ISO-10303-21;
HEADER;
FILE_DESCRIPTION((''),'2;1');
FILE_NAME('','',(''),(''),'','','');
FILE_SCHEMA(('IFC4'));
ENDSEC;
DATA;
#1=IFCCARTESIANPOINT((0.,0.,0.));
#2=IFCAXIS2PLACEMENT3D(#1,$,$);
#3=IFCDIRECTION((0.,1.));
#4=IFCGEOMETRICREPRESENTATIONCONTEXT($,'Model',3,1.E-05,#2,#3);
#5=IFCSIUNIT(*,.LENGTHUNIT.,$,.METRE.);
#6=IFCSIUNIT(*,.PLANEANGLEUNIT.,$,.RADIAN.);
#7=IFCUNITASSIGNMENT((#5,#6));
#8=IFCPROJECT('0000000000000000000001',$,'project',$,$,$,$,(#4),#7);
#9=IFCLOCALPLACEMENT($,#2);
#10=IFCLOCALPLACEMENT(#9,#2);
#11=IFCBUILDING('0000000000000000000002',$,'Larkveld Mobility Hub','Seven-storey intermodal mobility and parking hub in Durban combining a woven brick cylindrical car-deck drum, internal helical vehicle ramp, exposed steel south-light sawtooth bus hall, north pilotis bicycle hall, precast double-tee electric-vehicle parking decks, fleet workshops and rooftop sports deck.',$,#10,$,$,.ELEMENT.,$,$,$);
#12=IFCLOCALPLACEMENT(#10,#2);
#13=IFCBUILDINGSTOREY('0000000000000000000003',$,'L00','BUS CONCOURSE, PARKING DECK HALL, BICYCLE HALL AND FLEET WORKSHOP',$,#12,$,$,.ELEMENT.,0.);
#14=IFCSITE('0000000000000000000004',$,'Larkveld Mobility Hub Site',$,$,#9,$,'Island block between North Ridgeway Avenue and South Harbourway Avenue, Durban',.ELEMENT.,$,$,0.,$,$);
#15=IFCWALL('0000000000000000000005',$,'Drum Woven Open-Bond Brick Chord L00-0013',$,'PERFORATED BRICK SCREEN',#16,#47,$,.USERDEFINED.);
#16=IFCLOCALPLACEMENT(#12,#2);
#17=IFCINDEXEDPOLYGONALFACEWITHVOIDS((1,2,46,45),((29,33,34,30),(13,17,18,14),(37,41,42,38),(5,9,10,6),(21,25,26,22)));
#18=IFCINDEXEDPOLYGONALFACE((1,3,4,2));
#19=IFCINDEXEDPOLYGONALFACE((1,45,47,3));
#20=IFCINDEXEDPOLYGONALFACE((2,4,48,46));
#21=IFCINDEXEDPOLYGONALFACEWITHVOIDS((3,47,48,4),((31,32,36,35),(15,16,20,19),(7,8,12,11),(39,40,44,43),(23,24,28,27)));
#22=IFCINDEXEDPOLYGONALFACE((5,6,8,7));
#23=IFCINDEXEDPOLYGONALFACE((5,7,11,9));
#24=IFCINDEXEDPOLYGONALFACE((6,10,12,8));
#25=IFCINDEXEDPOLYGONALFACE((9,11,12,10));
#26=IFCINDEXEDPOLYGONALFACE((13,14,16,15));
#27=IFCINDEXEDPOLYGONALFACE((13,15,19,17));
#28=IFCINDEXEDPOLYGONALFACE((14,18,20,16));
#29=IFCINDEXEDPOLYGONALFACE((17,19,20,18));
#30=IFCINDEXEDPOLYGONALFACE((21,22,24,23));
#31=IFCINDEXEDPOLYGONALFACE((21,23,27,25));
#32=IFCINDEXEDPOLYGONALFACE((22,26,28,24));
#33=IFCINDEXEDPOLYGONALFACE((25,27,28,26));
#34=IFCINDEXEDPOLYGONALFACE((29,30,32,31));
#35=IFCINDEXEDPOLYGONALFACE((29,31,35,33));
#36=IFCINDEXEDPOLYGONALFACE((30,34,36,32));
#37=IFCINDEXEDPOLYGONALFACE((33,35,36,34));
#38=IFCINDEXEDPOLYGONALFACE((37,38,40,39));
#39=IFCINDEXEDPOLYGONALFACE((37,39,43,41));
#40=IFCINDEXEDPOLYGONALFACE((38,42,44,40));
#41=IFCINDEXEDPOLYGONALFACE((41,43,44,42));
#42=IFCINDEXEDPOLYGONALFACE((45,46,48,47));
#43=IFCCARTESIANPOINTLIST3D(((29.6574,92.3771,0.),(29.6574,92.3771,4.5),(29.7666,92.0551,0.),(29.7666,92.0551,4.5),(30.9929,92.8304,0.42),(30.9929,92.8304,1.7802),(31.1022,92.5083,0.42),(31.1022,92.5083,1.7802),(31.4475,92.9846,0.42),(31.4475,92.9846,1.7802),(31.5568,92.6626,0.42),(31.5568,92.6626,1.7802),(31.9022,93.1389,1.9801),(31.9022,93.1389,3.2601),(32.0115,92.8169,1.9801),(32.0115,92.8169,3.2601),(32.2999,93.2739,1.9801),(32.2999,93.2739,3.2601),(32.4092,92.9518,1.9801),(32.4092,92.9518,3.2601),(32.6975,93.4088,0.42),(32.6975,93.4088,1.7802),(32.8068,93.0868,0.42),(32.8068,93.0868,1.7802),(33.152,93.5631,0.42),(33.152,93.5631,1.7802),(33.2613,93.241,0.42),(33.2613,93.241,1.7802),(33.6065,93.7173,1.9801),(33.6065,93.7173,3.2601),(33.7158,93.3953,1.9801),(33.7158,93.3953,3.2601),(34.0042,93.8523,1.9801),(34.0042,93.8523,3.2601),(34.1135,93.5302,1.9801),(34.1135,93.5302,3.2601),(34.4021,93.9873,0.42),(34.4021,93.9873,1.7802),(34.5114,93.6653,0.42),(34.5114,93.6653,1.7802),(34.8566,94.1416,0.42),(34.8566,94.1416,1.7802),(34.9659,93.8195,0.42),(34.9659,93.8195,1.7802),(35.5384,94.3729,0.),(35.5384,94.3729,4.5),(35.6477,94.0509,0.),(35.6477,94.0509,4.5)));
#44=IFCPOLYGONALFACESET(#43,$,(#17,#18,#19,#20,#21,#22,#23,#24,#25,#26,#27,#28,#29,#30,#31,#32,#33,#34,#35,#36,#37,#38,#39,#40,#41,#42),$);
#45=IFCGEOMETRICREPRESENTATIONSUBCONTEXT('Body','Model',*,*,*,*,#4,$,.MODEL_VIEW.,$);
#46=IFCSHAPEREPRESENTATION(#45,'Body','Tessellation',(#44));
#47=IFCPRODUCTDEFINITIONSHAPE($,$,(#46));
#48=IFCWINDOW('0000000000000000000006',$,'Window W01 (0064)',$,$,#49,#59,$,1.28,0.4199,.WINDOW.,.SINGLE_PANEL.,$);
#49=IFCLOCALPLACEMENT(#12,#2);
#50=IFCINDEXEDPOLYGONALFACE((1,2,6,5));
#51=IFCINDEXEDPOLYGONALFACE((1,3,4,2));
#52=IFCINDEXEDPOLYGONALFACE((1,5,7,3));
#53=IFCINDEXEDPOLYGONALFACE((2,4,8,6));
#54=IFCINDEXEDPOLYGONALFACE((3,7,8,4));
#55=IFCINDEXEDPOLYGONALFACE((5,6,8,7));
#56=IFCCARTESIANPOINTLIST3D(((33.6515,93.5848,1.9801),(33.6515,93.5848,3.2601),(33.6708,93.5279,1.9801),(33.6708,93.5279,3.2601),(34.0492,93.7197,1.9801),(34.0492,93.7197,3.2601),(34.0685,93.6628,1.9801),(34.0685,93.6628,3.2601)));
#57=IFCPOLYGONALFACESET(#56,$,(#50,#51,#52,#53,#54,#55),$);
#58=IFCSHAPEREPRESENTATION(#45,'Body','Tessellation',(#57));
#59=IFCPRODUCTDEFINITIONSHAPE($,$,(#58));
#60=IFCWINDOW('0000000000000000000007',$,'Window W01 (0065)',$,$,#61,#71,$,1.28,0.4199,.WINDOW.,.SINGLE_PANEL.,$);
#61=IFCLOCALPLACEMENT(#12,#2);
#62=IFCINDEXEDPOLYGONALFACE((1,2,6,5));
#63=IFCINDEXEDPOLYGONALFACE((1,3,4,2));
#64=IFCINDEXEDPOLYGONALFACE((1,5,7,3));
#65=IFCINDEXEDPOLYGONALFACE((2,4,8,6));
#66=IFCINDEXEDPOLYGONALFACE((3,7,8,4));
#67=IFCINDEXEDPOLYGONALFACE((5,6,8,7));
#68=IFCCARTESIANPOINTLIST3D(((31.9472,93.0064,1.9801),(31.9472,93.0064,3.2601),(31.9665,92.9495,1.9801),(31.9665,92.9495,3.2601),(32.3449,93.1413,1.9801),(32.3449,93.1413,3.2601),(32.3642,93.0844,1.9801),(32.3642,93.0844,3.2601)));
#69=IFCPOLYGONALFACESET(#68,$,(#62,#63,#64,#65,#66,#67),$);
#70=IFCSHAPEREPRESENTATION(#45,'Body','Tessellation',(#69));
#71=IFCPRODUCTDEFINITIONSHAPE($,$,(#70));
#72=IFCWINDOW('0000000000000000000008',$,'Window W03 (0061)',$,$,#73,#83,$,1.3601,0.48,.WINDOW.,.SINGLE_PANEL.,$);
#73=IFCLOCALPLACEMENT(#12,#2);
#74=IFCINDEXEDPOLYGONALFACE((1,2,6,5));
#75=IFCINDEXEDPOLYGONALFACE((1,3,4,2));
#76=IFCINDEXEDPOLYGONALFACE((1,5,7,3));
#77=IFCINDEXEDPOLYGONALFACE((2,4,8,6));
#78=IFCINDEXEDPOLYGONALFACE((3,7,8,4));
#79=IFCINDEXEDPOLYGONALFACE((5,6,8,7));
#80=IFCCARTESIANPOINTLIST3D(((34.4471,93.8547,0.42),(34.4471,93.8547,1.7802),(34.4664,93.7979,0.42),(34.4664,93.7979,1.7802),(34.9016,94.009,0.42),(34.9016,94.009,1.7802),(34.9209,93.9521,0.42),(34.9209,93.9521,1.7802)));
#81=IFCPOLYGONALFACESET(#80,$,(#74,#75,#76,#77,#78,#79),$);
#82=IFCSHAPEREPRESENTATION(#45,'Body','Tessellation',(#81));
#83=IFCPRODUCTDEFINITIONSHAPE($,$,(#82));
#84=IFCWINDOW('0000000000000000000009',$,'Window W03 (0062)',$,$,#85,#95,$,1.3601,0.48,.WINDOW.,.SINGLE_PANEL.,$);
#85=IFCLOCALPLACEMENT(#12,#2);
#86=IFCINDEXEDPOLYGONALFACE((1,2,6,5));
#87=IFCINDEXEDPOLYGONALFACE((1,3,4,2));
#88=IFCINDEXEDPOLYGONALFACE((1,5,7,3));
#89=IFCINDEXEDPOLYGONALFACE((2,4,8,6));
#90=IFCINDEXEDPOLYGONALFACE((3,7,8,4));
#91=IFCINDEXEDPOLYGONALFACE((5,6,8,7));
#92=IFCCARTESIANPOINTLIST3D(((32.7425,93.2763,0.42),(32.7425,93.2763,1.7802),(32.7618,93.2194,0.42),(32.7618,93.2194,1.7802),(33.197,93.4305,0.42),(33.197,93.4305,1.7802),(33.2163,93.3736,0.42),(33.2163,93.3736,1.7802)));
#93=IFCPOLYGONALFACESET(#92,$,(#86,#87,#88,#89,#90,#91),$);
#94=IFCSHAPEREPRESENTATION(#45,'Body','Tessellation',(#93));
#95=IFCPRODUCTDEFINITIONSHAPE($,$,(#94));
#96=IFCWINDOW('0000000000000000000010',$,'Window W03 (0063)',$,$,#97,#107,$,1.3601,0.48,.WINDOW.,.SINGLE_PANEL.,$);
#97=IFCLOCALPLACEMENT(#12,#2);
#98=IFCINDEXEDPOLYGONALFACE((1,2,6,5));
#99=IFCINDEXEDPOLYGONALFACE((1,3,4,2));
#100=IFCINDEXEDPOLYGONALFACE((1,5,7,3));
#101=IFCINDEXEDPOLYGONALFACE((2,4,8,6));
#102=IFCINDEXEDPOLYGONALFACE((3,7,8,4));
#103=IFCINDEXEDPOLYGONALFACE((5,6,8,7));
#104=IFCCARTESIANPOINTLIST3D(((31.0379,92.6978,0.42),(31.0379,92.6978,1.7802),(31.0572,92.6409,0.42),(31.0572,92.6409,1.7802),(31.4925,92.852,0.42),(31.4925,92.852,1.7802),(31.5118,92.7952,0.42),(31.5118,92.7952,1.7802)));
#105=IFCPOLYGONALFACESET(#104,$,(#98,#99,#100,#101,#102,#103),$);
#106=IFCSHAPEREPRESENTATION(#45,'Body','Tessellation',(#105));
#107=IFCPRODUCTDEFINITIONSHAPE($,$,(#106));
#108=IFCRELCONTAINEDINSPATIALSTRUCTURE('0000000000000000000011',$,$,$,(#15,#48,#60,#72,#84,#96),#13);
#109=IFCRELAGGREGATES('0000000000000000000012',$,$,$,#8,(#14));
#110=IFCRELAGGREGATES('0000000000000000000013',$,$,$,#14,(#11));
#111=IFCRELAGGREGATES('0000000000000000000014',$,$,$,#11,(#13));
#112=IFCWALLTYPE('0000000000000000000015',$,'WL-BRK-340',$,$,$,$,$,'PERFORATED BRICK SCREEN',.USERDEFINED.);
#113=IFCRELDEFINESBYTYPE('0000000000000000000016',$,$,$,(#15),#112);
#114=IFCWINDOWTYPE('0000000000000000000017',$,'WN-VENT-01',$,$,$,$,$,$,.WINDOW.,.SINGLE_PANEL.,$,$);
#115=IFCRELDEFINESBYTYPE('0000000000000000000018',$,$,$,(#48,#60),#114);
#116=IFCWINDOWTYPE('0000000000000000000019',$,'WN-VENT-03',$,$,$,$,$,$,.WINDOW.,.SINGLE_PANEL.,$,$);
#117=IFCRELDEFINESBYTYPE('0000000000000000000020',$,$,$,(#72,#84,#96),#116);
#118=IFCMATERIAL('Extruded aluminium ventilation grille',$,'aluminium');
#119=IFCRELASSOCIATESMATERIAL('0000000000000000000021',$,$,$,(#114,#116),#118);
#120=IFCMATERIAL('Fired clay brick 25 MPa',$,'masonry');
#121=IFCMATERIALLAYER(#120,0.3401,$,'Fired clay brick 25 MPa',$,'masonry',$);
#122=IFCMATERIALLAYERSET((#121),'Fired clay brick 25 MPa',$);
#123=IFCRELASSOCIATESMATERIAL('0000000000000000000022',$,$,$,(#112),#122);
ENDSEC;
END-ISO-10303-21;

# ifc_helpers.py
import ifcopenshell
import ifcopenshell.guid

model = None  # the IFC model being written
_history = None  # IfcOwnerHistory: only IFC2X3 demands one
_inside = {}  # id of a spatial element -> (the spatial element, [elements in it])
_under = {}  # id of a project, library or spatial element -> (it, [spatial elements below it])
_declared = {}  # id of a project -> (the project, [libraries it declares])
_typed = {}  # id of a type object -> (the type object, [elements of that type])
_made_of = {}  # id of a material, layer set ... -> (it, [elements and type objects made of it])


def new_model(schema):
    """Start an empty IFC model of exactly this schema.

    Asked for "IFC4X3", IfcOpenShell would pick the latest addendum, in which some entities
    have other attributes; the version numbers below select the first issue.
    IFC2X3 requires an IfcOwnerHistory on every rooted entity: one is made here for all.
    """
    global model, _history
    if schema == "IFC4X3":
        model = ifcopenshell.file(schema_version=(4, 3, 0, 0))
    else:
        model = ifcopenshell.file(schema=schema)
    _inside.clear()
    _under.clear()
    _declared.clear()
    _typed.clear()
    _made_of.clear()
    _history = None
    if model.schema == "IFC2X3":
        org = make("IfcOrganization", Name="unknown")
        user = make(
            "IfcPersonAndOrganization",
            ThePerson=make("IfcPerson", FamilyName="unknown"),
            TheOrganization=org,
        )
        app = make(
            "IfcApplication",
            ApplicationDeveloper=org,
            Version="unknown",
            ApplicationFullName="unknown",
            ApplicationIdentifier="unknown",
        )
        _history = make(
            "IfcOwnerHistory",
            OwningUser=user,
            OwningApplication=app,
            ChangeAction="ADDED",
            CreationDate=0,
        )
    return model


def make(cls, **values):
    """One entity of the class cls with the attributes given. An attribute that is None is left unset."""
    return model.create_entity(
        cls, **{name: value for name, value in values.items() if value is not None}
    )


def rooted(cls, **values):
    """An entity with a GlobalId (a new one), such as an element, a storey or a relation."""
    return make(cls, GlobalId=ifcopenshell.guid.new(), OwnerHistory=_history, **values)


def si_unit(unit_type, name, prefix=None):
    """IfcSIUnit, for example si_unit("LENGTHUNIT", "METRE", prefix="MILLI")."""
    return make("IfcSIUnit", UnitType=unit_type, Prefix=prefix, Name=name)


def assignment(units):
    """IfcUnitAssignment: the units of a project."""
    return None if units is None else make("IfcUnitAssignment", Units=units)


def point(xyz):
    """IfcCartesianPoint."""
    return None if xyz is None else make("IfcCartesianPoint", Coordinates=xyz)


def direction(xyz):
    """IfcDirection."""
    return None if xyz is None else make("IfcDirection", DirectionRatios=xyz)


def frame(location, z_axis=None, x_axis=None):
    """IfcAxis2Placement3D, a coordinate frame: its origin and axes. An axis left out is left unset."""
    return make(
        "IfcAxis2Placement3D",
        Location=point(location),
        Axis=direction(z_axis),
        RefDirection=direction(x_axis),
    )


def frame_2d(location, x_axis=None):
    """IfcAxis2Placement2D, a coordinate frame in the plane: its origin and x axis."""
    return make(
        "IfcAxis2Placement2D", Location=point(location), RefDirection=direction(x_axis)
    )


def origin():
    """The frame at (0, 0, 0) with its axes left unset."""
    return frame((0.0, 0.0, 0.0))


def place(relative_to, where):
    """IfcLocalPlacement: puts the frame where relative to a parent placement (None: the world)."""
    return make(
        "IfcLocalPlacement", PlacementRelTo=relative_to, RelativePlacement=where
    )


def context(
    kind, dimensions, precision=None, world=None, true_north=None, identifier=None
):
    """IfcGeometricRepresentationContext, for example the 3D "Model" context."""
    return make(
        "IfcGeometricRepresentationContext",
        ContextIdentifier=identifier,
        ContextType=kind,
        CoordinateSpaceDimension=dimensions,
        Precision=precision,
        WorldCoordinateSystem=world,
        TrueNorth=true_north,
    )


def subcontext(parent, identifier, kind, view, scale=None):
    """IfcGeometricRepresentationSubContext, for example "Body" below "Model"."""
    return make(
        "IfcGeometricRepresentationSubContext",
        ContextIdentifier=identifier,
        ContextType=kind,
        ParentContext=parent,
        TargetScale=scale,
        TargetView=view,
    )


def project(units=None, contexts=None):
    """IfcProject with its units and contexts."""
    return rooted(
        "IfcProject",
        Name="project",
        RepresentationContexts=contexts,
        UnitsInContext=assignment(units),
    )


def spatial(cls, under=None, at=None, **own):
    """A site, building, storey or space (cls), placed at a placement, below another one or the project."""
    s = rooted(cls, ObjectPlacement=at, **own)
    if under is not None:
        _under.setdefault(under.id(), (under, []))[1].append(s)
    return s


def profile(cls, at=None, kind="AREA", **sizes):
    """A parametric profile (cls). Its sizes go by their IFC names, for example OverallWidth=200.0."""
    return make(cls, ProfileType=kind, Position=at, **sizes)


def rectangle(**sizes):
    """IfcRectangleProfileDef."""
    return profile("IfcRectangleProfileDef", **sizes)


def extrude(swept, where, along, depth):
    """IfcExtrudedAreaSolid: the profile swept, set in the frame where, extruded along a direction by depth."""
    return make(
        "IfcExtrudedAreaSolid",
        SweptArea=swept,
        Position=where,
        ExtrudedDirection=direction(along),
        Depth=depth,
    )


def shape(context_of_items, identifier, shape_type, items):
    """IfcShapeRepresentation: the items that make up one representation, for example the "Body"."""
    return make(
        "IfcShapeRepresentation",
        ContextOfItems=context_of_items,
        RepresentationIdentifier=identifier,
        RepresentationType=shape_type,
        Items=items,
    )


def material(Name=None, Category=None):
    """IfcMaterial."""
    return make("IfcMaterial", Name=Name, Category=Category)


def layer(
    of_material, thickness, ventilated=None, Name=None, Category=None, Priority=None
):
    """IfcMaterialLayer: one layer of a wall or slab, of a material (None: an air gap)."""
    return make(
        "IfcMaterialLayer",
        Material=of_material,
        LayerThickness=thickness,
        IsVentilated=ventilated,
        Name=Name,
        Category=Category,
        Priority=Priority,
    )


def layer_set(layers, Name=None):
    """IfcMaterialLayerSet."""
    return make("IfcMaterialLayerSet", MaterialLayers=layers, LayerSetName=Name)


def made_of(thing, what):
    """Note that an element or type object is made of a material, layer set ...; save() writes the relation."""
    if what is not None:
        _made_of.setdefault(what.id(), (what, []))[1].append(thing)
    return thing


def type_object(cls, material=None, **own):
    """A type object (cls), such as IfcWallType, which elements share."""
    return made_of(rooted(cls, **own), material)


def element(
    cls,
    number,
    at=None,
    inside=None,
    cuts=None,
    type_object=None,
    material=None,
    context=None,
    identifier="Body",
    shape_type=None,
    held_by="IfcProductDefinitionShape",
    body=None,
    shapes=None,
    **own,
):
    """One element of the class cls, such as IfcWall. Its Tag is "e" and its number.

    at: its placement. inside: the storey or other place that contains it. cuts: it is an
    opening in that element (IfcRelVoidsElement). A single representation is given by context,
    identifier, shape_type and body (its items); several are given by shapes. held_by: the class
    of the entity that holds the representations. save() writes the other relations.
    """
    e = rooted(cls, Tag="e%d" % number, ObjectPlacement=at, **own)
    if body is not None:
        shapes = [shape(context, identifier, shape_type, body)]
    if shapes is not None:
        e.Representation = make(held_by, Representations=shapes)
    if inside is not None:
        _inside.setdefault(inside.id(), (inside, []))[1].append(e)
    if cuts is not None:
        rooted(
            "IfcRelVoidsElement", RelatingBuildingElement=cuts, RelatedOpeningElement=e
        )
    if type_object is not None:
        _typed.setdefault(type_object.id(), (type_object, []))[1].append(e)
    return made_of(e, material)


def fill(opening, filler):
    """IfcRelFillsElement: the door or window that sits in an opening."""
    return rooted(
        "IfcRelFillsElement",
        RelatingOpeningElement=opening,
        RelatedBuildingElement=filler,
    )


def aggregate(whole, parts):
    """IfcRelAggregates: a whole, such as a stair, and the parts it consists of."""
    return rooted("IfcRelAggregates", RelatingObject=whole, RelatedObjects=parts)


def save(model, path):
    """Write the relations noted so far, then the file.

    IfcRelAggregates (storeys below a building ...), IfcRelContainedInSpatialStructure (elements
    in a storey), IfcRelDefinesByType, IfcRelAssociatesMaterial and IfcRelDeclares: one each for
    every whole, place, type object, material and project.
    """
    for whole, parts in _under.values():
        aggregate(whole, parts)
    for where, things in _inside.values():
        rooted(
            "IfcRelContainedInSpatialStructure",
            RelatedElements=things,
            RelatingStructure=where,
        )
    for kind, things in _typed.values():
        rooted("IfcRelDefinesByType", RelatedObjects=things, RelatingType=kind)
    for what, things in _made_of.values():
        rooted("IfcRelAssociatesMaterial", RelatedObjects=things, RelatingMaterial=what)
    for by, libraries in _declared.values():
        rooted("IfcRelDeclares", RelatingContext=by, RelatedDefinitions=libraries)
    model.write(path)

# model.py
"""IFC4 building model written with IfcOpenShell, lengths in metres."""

from ifc_helpers import new_model, si_unit, direction, frame, frame_2d, origin, place, context, subcontext, project, spatial, rectangle, extrude, material, layer, layer_set, type_object, element, fill, save


model = new_model("IFC4")

# Units and contexts
model_context = context("Model", 3, precision=1e-05, world=origin(), true_north=direction((0.0, 1.0)))
body_context = subcontext(model_context, "Body", "Model", "MODEL_VIEW")
ifc_project = project(units=[si_unit("LENGTHUNIT", "METRE"), si_unit("PLANEANGLEUNIT", "RADIAN")], contexts=[model_context])

# Site, building, storey
site_placement = place(None, origin())
site = spatial("IfcSite", under=ifc_project, at=site_placement, Name="Larkveld Mobility Hub Site", LongName="Island block between North Ridgeway Avenue and South Harbourway Avenue, Durban", CompositionType="ELEMENT", RefElevation=0.0)
building_placement = place(site_placement, origin())
building = spatial("IfcBuilding", under=site, at=building_placement, Name="Larkveld Mobility Hub", Description="Seven-storey intermodal mobility and parking hub in Durban combining a woven brick cylindrical car-deck drum, internal helical vehicle ramp, exposed steel south-light sawtooth bus hall, north pilotis bicycle hall, precast double-tee electric-vehicle parking decks, fleet workshops and rooftop sports deck.", CompositionType="ELEMENT")
storey_placement = place(building_placement, origin())
storey = spatial("IfcBuildingStorey", under=building, at=storey_placement, Name="L00", Description="BUS CONCOURSE, PARKING DECK HALL, BICYCLE HALL AND FLEET WORKSHOP", CompositionType="ELEMENT", Elevation=0.0)

# Wall, openings, windows
ifc_material_1 = material(Name="Fired clay brick 25 MPa", Category="masonry")
ifc_material_2 = material(Name="Extruded aluminium ventilation grille", Category="aluminium")
window_type_1 = type_object("IfcWindowType", Name="WN-VENT-01", PartitioningType="SINGLE_PANEL", PredefinedType="WINDOW", material=ifc_material_2)
ifc_layer_1 = layer(ifc_material_1, 0.3401, Name="Fired clay brick 25 MPa", Category="masonry")
ifc_layer_set_1 = layer_set([ifc_layer_1], Name="Fired clay brick 25 MPa")
wall_type_1 = type_object("IfcWallType", Name="WL-BRK-340", ElementType="PERFORATED BRICK SCREEN", PredefinedType="USERDEFINED", material=ifc_layer_set_1)
wall_1_placement = place(storey_placement, frame((35.593, 94.2119, 0.0), z_axis=(0.0, 0.0, 1.0), x_axis=(-0.946955, -0.321365, 0.0)))
wall_1 = element("IfcWall", 1, at=wall_1_placement, inside=storey, type_object=wall_type_1, Name="Drum Woven Open-Bond Brick Chord L00-0013", ObjectType="PERFORATED BRICK SCREEN", PredefinedType="USERDEFINED", context=body_context, shape_type="SweptSolid", body=[
    extrude(rectangle(XDim=6.2104, YDim=0.3401, at=frame_2d((3.1052, 0.0))), origin(), (0.0, 0.0, 1.0), 4.5),
])
opening_1_placement = place(wall_1_placement, frame((0.72, 0.0, 0.4199)))
opening_1 = element("IfcOpeningElement", 2, at=opening_1_placement, cuts=wall_1, PredefinedType="OPENING", context=body_context, shape_type="SweptSolid", body=[
    extrude(rectangle(XDim=0.48, YDim=1.3601, at=frame_2d((0.24, 0.6802))), frame((0.0, 0.1802, 0.0), z_axis=(0.0, -1.0, 0.0), x_axis=(1.0, 0.0, 0.0)), (0.0, 0.0, 1.0), 0.3601),
])
opening_2_placement = place(wall_1_placement, frame((2.52, 0.0, 0.4199)))
opening_2 = element("IfcOpeningElement", 3, at=opening_2_placement, cuts=wall_1, PredefinedType="OPENING", context=body_context, shape_type="SweptSolid", body=[
    extrude(rectangle(XDim=0.48, YDim=1.3601, at=frame_2d((0.24, 0.6802))), frame((0.0, 0.1802, 0.0), z_axis=(0.0, -1.0, 0.0), x_axis=(1.0, 0.0, 0.0)), (0.0, 0.0, 1.0), 0.3601),
])
opening_3_placement = place(wall_1_placement, frame((4.3201, 0.0, 0.4199)))
opening_3 = element("IfcOpeningElement", 4, at=opening_3_placement, cuts=wall_1, PredefinedType="OPENING", context=body_context, shape_type="SweptSolid", body=[
    extrude(rectangle(XDim=0.48, YDim=1.3601, at=frame_2d((0.24, 0.6802))), frame((0.0, 0.1802, 0.0), z_axis=(0.0, -1.0, 0.0), x_axis=(1.0, 0.0, 0.0)), (0.0, 0.0, 1.0), 0.3601),
])
opening_4_placement = place(wall_1_placement, frame((1.6201, 0.0, 1.98)))
opening_4 = element("IfcOpeningElement", 5, at=opening_4_placement, cuts=wall_1, PredefinedType="OPENING", context=body_context, shape_type="SweptSolid", body=[
    extrude(rectangle(XDim=0.4199, YDim=1.28, at=frame_2d((0.21, 0.6401))), frame((0.0, 0.1802, 0.0), z_axis=(0.0, -1.0, 0.0), x_axis=(1.0, 0.0, 0.0)), (0.0, 0.0, 1.0), 0.3601),
])
opening_5_placement = place(wall_1_placement, frame((3.4199, 0.0, 1.98)))
opening_5 = element("IfcOpeningElement", 6, at=opening_5_placement, cuts=wall_1, PredefinedType="OPENING", context=body_context, shape_type="SweptSolid", body=[
    extrude(rectangle(XDim=0.4199, YDim=1.28, at=frame_2d((0.21, 0.6401))), frame((0.0, 0.1802, 0.0), z_axis=(0.0, -1.0, 0.0), x_axis=(1.0, 0.0, 0.0)), (0.0, 0.0, 1.0), 0.3601),
])
window_1_placement = place(opening_4_placement, origin())
window_1 = element("IfcWindow", 7, at=window_1_placement, inside=storey, type_object=window_type_1, Name="Window W01 (0064)", OverallHeight=1.28, OverallWidth=0.4199, PartitioningType="SINGLE_PANEL", PredefinedType="WINDOW", context=body_context, shape_type="SweptSolid", body=[
    extrude(rectangle(XDim=0.4199, YDim=1.28, at=frame_2d((0.21, 0.6401))), frame((0.0, 0.03, 0.0), z_axis=(0.0, -1.0, 0.0), x_axis=(1.0, 0.0, 0.0)), (0.0, 0.0, 1.0), 0.0601),
])
fill(opening_4, window_1)
window_2_placement = place(opening_5_placement, origin())
window_2 = element("IfcWindow", 8, at=window_2_placement, inside=storey, type_object=window_type_1, Name="Window W01 (0065)", OverallHeight=1.28, OverallWidth=0.4199, PartitioningType="SINGLE_PANEL", PredefinedType="WINDOW", context=body_context, shape_type="SweptSolid", body=[
    extrude(rectangle(XDim=0.4199, YDim=1.28, at=frame_2d((0.21, 0.6401))), frame((0.0, 0.03, 0.0), z_axis=(0.0, -1.0, 0.0), x_axis=(1.0, 0.0, 0.0)), (0.0, 0.0, 1.0), 0.0601),
])
fill(opening_5, window_2)
window_type_2 = type_object("IfcWindowType", Name="WN-VENT-03", PartitioningType="SINGLE_PANEL", PredefinedType="WINDOW", material=ifc_material_2)
window_3_placement = place(opening_1_placement, origin())
window_3 = element("IfcWindow", 9, at=window_3_placement, inside=storey, type_object=window_type_2, Name="Window W03 (0061)", OverallHeight=1.3601, OverallWidth=0.48, PartitioningType="SINGLE_PANEL", PredefinedType="WINDOW", context=body_context, shape_type="SweptSolid", body=[
    extrude(rectangle(XDim=0.48, YDim=1.3601, at=frame_2d((0.24, 0.6802))), frame((0.0, 0.03, 0.0), z_axis=(0.0, -1.0, 0.0), x_axis=(1.0, 0.0, 0.0)), (0.0, 0.0, 1.0), 0.0601),
])
fill(opening_1, window_3)
window_4_placement = place(opening_2_placement, origin())
window_4 = element("IfcWindow", 10, at=window_4_placement, inside=storey, type_object=window_type_2, Name="Window W03 (0062)", OverallHeight=1.3601, OverallWidth=0.48, PartitioningType="SINGLE_PANEL", PredefinedType="WINDOW", context=body_context, shape_type="SweptSolid", body=[
    extrude(rectangle(XDim=0.48, YDim=1.3601, at=frame_2d((0.24, 0.6802))), frame((0.0, 0.03, 0.0), z_axis=(0.0, -1.0, 0.0), x_axis=(1.0, 0.0, 0.0)), (0.0, 0.0, 1.0), 0.0601),
])
fill(opening_2, window_4)
window_5_placement = place(opening_3_placement, origin())
window_5 = element("IfcWindow", 11, at=window_5_placement, inside=storey, type_object=window_type_2, Name="Window W03 (0063)", OverallHeight=1.3601, OverallWidth=0.48, PartitioningType="SINGLE_PANEL", PredefinedType="WINDOW", context=body_context, shape_type="SweptSolid", body=[
    extrude(rectangle(XDim=0.48, YDim=1.3601, at=frame_2d((0.24, 0.6802))), frame((0.0, 0.03, 0.0), z_axis=(0.0, -1.0, 0.0), x_axis=(1.0, 0.0, 0.0)), (0.0, 0.0, 1.0), 0.0601),
])
fill(opening_3, window_5)

save(model, "model.ifc")
